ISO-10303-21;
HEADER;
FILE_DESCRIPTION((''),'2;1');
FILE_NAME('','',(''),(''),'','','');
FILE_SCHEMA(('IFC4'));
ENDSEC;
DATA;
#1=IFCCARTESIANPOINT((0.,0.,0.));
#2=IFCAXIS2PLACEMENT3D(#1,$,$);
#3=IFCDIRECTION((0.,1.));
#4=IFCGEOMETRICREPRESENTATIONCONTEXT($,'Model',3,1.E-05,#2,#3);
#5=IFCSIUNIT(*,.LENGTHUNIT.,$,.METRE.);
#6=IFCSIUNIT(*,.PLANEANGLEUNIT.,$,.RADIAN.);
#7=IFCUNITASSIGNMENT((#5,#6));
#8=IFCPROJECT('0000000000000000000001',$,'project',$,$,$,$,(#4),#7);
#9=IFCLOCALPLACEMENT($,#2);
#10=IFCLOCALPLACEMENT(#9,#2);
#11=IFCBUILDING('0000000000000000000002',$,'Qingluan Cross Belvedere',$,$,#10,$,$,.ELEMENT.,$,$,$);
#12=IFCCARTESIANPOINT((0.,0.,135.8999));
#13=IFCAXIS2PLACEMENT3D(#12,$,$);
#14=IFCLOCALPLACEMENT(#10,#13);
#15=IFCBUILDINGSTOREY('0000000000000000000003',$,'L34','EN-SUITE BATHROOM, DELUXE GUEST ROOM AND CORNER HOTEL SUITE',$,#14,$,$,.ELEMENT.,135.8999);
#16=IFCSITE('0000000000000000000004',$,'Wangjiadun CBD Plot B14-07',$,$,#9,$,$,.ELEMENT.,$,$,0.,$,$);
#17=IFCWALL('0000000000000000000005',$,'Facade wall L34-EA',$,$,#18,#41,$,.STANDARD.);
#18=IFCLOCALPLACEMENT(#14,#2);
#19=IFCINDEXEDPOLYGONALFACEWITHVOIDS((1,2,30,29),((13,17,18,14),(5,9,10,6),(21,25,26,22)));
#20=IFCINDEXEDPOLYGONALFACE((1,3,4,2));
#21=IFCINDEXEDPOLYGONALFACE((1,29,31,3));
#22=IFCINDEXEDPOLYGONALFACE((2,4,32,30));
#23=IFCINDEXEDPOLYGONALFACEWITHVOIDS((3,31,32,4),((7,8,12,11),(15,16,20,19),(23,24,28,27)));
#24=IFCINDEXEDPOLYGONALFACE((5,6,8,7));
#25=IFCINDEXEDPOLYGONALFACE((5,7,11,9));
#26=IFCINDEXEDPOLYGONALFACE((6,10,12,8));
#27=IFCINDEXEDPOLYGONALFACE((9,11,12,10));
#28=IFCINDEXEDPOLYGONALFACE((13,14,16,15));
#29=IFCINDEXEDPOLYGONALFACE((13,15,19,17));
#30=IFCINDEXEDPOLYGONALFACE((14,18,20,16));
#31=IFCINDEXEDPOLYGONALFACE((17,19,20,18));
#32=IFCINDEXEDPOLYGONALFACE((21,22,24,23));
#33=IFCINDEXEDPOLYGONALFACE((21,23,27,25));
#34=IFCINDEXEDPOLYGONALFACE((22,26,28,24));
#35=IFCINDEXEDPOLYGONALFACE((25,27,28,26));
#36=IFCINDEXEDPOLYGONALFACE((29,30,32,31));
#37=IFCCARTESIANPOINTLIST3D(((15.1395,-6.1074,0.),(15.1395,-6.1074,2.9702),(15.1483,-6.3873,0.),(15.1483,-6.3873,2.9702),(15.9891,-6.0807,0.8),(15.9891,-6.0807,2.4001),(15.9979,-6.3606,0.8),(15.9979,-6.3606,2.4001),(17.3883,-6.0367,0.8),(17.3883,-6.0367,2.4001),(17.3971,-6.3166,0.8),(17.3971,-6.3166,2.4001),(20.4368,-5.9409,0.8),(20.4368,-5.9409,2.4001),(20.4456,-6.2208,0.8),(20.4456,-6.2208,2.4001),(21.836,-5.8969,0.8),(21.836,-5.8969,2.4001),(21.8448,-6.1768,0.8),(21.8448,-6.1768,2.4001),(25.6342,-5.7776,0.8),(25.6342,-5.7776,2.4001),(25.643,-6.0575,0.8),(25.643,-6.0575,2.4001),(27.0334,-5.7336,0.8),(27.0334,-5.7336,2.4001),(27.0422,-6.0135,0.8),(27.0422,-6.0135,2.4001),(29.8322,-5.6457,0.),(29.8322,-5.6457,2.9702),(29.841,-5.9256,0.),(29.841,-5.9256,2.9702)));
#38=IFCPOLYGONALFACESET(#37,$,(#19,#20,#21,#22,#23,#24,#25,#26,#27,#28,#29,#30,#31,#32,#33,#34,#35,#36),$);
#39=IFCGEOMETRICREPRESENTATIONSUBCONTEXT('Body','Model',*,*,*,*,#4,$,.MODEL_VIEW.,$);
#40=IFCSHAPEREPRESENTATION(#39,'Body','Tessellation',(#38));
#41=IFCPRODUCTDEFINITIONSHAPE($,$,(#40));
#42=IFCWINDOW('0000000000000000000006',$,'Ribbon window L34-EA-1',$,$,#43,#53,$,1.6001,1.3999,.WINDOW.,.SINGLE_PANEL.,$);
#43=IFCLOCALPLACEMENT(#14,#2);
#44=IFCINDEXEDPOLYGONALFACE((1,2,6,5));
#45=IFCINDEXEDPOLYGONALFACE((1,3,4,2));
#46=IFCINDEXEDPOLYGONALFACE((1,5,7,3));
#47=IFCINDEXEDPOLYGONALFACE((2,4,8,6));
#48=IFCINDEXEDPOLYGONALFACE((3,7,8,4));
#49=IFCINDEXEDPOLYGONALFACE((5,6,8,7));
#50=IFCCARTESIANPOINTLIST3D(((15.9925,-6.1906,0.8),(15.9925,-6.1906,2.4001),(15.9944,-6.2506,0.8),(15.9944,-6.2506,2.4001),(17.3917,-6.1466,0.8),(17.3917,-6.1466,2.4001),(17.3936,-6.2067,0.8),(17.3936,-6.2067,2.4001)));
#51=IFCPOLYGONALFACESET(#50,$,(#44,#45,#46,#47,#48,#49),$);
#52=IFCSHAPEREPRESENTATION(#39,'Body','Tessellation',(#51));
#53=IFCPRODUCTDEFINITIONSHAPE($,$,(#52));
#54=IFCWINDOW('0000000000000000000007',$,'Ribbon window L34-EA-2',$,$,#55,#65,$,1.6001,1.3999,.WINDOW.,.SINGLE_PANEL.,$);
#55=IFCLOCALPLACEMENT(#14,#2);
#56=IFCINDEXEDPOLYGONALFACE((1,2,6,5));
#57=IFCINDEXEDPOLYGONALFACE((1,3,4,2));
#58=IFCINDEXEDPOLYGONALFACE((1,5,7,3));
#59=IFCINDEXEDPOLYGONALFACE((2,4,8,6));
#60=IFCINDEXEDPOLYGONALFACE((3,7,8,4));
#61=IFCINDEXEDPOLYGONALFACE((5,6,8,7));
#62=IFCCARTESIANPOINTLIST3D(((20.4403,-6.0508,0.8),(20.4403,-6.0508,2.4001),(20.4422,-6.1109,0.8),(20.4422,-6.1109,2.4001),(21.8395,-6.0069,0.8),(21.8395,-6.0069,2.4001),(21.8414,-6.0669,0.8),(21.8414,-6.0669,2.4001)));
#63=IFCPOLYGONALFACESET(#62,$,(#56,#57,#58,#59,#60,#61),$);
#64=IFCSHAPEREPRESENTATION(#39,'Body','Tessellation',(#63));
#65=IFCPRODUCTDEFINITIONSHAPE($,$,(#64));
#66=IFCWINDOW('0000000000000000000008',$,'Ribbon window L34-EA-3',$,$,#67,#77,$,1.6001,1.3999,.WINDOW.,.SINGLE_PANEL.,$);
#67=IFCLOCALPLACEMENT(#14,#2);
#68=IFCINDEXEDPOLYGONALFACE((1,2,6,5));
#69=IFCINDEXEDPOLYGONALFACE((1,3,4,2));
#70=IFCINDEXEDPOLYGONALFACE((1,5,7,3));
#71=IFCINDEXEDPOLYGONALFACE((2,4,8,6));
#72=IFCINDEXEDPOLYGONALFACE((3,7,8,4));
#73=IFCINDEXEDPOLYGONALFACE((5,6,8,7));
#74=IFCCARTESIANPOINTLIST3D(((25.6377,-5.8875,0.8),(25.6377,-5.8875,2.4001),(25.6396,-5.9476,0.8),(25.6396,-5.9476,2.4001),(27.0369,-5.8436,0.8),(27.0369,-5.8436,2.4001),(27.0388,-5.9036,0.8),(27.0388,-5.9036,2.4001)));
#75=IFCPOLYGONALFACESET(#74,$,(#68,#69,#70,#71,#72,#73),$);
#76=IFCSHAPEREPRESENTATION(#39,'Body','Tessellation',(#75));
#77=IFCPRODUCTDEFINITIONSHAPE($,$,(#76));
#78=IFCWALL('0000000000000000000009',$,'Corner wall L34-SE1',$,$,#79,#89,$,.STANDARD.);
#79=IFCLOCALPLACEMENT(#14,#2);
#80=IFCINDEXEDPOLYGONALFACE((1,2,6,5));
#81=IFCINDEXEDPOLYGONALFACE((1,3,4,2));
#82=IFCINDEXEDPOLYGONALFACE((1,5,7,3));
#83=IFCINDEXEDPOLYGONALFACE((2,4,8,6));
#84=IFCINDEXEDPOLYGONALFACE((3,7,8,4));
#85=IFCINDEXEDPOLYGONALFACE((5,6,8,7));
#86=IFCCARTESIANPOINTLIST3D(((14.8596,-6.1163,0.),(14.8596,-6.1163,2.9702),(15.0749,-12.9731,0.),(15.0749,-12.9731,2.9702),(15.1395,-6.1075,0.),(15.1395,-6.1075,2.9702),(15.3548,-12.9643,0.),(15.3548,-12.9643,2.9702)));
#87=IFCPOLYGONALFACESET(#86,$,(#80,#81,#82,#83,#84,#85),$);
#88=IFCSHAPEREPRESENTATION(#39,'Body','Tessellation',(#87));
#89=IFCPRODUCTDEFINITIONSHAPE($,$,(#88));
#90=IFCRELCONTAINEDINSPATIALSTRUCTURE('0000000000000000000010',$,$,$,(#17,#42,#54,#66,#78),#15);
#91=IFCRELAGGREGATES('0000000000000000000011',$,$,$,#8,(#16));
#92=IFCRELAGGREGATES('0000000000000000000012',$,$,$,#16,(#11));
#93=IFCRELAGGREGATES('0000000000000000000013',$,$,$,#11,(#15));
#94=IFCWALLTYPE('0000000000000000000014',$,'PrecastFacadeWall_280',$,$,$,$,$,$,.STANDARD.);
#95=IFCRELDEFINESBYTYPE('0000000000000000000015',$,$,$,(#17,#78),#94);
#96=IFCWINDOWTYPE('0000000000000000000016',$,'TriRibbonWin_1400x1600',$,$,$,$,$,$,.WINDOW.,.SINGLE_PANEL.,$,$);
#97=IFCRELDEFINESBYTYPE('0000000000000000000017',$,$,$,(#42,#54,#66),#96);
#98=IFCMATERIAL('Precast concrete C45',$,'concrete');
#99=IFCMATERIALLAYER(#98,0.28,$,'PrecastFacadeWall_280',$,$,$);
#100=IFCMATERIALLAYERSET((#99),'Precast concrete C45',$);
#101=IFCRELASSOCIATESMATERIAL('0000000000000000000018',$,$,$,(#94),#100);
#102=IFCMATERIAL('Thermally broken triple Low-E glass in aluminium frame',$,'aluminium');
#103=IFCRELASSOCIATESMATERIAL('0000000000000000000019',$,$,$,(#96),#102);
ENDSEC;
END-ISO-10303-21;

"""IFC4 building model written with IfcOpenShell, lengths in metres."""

from ifc_helpers import new_model, si_unit, direction, frame, frame_2d, origin, place, context, subcontext, project, spatial, rectangle, extrude, material, layer, layer_set, type_object, element, fill, save


model = new_model("IFC4")

# Units and contexts
model_context = context("Model", 3, precision=1e-05, world=origin(), true_north=direction((0.0, 1.0)))
body_context = subcontext(model_context, "Body", "Model", "MODEL_VIEW")
ifc_project = project(units=[si_unit("LENGTHUNIT", "METRE"), si_unit("PLANEANGLEUNIT", "RADIAN")], contexts=[model_context])

# Site, building, storey
site_placement = place(None, origin())
site = spatial("IfcSite", under=ifc_project, at=site_placement, Name="Wangjiadun CBD Plot B14-07", CompositionType="ELEMENT", RefElevation=0.0)
building_placement = place(site_placement, origin())
building = spatial("IfcBuilding", under=site, at=building_placement, Name="Qingluan Cross Belvedere", CompositionType="ELEMENT")
storey_placement = place(building_placement, frame((0.0, 0.0, 135.8999)))
storey = spatial("IfcBuildingStorey", under=building, at=storey_placement, Name="L34", Description="EN-SUITE BATHROOM, DELUXE GUEST ROOM AND CORNER HOTEL SUITE", CompositionType="ELEMENT", Elevation=135.8999)

# Wall, openings, windows
ifc_material_1 = material(Name="Precast concrete C45", Category="concrete")
ifc_layer_1 = layer(ifc_material_1, 0.28, Name="PrecastFacadeWall_280")
ifc_layer_set_1 = layer_set([ifc_layer_1], Name="Precast concrete C45")
wall_type_1 = type_object("IfcWallType", Name="PrecastFacadeWall_280", PredefinedType="STANDARD", material=ifc_layer_set_1)
wall_1_placement = place(storey_placement, frame((15.1438, -6.2473, 0.0), z_axis=(0.0, 0.0, 1.0), x_axis=(0.999507, 0.031406, 0.0)))
wall_1 = element("IfcWall", 1, at=wall_1_placement, inside=storey, type_object=wall_type_1, Name="Facade wall L34-EA", PredefinedType="STANDARD", context=body_context, shape_type="SweptSolid", body=[
    extrude(rectangle(XDim=14.7, YDim=0.28, at=frame_2d((7.3501, 0.0))), origin(), (0.0, 0.0, 1.0), 2.9702),
])
opening_1_placement = place(wall_1_placement, frame((0.8501, 0.0, 0.8)))
opening_1 = element("IfcOpeningElement", 2, at=opening_1_placement, cuts=wall_1, PredefinedType="OPENING", context=body_context, shape_type="SweptSolid", body=[
    extrude(rectangle(XDim=1.3999, YDim=1.6001, at=frame_2d((0.7, 0.8))), frame((0.0, 0.1499, 0.0), z_axis=(0.0, -1.0, 0.0), x_axis=(1.0, 0.0, 0.0)), (0.0, 0.0, 1.0), 0.3),
])
opening_2_placement = place(wall_1_placement, frame((5.3, 0.0, 0.8)))
opening_2 = element("IfcOpeningElement", 3, at=opening_2_placement, cuts=wall_1, PredefinedType="OPENING", context=body_context, shape_type="SweptSolid", body=[
    extrude(rectangle(XDim=1.3999, YDim=1.6001, at=frame_2d((0.7, 0.8))), frame((0.0, 0.1499, 0.0), z_axis=(0.0, -1.0, 0.0), x_axis=(1.0, 0.0, 0.0)), (0.0, 0.0, 1.0), 0.3),
])
opening_3_placement = place(wall_1_placement, frame((10.5, 0.0, 0.8)))
opening_3 = element("IfcOpeningElement", 4, at=opening_3_placement, cuts=wall_1, PredefinedType="OPENING", context=body_context, shape_type="SweptSolid", body=[
    extrude(rectangle(XDim=1.3999, YDim=1.6001, at=frame_2d((0.7, 0.8))), frame((0.0, 0.1499, 0.0), z_axis=(0.0, -1.0, 0.0), x_axis=(1.0, 0.0, 0.0)), (0.0, 0.0, 1.0), 0.3),
])
ifc_material_2 = material(Name="Thermally broken triple Low-E glass in aluminium frame", Category="aluminium")
window_type = type_object("IfcWindowType", Name="TriRibbonWin_1400x1600", PartitioningType="SINGLE_PANEL", PredefinedType="WINDOW", material=ifc_material_2)
window_1_placement = place(opening_1_placement, origin())
window_1 = element("IfcWindow", 5, at=window_1_placement, inside=storey, type_object=window_type, Name="Ribbon window L34-EA-1", OverallHeight=1.6001, OverallWidth=1.3999, PartitioningType="SINGLE_PANEL", PredefinedType="WINDOW", context=body_context, shape_type="SweptSolid", body=[
    extrude(rectangle(XDim=1.3999, YDim=1.6001, at=frame_2d((0.7, 0.8))), frame((0.0, 0.03, 0.0), z_axis=(0.0, -1.0, 0.0), x_axis=(1.0, 0.0, 0.0)), (0.0, 0.0, 1.0), 0.0601),
])
fill(opening_1, window_1)
window_2_placement = place(opening_2_placement, origin())
window_2 = element("IfcWindow", 6, at=window_2_placement, inside=storey, type_object=window_type, Name="Ribbon window L34-EA-2", OverallHeight=1.6001, OverallWidth=1.3999, PartitioningType="SINGLE_PANEL", PredefinedType="WINDOW", context=body_context, shape_type="SweptSolid", body=[
    extrude(rectangle(XDim=1.3999, YDim=1.6001, at=frame_2d((0.7, 0.8))), frame((0.0, 0.03, 0.0), z_axis=(0.0, -1.0, 0.0), x_axis=(1.0, 0.0, 0.0)), (0.0, 0.0, 1.0), 0.0601),
])
fill(opening_2, window_2)
window_3_placement = place(opening_3_placement, origin())
window_3 = element("IfcWindow", 7, at=window_3_placement, inside=storey, type_object=window_type, Name="Ribbon window L34-EA-3", OverallHeight=1.6001, OverallWidth=1.3999, PartitioningType="SINGLE_PANEL", PredefinedType="WINDOW", context=body_context, shape_type="SweptSolid", body=[
    extrude(rectangle(XDim=1.3999, YDim=1.6001, at=frame_2d((0.7, 0.8))), frame((0.0, 0.03, 0.0), z_axis=(0.0, -1.0, 0.0), x_axis=(1.0, 0.0, 0.0)), (0.0, 0.0, 1.0), 0.0601),
])
fill(opening_3, window_3)

# Wall
wall_2_placement = place(storey_placement, frame((14.9995, -6.1118, 0.0), z_axis=(0.0, 0.0, 1.0), x_axis=(0.031389, -0.999507, 0.0)))
element("IfcWall", 8, at=wall_2_placement, inside=storey, type_object=wall_type_1, Name="Corner wall L34-SE1", PredefinedType="STANDARD", context=body_context, shape_type="SweptSolid", body=[
    extrude(rectangle(XDim=6.8601, YDim=0.28, at=frame_2d((3.4302, 0.0))), origin(), (0.0, 0.0, 1.0), 2.9702),
])

save(model, "model.ifc")
